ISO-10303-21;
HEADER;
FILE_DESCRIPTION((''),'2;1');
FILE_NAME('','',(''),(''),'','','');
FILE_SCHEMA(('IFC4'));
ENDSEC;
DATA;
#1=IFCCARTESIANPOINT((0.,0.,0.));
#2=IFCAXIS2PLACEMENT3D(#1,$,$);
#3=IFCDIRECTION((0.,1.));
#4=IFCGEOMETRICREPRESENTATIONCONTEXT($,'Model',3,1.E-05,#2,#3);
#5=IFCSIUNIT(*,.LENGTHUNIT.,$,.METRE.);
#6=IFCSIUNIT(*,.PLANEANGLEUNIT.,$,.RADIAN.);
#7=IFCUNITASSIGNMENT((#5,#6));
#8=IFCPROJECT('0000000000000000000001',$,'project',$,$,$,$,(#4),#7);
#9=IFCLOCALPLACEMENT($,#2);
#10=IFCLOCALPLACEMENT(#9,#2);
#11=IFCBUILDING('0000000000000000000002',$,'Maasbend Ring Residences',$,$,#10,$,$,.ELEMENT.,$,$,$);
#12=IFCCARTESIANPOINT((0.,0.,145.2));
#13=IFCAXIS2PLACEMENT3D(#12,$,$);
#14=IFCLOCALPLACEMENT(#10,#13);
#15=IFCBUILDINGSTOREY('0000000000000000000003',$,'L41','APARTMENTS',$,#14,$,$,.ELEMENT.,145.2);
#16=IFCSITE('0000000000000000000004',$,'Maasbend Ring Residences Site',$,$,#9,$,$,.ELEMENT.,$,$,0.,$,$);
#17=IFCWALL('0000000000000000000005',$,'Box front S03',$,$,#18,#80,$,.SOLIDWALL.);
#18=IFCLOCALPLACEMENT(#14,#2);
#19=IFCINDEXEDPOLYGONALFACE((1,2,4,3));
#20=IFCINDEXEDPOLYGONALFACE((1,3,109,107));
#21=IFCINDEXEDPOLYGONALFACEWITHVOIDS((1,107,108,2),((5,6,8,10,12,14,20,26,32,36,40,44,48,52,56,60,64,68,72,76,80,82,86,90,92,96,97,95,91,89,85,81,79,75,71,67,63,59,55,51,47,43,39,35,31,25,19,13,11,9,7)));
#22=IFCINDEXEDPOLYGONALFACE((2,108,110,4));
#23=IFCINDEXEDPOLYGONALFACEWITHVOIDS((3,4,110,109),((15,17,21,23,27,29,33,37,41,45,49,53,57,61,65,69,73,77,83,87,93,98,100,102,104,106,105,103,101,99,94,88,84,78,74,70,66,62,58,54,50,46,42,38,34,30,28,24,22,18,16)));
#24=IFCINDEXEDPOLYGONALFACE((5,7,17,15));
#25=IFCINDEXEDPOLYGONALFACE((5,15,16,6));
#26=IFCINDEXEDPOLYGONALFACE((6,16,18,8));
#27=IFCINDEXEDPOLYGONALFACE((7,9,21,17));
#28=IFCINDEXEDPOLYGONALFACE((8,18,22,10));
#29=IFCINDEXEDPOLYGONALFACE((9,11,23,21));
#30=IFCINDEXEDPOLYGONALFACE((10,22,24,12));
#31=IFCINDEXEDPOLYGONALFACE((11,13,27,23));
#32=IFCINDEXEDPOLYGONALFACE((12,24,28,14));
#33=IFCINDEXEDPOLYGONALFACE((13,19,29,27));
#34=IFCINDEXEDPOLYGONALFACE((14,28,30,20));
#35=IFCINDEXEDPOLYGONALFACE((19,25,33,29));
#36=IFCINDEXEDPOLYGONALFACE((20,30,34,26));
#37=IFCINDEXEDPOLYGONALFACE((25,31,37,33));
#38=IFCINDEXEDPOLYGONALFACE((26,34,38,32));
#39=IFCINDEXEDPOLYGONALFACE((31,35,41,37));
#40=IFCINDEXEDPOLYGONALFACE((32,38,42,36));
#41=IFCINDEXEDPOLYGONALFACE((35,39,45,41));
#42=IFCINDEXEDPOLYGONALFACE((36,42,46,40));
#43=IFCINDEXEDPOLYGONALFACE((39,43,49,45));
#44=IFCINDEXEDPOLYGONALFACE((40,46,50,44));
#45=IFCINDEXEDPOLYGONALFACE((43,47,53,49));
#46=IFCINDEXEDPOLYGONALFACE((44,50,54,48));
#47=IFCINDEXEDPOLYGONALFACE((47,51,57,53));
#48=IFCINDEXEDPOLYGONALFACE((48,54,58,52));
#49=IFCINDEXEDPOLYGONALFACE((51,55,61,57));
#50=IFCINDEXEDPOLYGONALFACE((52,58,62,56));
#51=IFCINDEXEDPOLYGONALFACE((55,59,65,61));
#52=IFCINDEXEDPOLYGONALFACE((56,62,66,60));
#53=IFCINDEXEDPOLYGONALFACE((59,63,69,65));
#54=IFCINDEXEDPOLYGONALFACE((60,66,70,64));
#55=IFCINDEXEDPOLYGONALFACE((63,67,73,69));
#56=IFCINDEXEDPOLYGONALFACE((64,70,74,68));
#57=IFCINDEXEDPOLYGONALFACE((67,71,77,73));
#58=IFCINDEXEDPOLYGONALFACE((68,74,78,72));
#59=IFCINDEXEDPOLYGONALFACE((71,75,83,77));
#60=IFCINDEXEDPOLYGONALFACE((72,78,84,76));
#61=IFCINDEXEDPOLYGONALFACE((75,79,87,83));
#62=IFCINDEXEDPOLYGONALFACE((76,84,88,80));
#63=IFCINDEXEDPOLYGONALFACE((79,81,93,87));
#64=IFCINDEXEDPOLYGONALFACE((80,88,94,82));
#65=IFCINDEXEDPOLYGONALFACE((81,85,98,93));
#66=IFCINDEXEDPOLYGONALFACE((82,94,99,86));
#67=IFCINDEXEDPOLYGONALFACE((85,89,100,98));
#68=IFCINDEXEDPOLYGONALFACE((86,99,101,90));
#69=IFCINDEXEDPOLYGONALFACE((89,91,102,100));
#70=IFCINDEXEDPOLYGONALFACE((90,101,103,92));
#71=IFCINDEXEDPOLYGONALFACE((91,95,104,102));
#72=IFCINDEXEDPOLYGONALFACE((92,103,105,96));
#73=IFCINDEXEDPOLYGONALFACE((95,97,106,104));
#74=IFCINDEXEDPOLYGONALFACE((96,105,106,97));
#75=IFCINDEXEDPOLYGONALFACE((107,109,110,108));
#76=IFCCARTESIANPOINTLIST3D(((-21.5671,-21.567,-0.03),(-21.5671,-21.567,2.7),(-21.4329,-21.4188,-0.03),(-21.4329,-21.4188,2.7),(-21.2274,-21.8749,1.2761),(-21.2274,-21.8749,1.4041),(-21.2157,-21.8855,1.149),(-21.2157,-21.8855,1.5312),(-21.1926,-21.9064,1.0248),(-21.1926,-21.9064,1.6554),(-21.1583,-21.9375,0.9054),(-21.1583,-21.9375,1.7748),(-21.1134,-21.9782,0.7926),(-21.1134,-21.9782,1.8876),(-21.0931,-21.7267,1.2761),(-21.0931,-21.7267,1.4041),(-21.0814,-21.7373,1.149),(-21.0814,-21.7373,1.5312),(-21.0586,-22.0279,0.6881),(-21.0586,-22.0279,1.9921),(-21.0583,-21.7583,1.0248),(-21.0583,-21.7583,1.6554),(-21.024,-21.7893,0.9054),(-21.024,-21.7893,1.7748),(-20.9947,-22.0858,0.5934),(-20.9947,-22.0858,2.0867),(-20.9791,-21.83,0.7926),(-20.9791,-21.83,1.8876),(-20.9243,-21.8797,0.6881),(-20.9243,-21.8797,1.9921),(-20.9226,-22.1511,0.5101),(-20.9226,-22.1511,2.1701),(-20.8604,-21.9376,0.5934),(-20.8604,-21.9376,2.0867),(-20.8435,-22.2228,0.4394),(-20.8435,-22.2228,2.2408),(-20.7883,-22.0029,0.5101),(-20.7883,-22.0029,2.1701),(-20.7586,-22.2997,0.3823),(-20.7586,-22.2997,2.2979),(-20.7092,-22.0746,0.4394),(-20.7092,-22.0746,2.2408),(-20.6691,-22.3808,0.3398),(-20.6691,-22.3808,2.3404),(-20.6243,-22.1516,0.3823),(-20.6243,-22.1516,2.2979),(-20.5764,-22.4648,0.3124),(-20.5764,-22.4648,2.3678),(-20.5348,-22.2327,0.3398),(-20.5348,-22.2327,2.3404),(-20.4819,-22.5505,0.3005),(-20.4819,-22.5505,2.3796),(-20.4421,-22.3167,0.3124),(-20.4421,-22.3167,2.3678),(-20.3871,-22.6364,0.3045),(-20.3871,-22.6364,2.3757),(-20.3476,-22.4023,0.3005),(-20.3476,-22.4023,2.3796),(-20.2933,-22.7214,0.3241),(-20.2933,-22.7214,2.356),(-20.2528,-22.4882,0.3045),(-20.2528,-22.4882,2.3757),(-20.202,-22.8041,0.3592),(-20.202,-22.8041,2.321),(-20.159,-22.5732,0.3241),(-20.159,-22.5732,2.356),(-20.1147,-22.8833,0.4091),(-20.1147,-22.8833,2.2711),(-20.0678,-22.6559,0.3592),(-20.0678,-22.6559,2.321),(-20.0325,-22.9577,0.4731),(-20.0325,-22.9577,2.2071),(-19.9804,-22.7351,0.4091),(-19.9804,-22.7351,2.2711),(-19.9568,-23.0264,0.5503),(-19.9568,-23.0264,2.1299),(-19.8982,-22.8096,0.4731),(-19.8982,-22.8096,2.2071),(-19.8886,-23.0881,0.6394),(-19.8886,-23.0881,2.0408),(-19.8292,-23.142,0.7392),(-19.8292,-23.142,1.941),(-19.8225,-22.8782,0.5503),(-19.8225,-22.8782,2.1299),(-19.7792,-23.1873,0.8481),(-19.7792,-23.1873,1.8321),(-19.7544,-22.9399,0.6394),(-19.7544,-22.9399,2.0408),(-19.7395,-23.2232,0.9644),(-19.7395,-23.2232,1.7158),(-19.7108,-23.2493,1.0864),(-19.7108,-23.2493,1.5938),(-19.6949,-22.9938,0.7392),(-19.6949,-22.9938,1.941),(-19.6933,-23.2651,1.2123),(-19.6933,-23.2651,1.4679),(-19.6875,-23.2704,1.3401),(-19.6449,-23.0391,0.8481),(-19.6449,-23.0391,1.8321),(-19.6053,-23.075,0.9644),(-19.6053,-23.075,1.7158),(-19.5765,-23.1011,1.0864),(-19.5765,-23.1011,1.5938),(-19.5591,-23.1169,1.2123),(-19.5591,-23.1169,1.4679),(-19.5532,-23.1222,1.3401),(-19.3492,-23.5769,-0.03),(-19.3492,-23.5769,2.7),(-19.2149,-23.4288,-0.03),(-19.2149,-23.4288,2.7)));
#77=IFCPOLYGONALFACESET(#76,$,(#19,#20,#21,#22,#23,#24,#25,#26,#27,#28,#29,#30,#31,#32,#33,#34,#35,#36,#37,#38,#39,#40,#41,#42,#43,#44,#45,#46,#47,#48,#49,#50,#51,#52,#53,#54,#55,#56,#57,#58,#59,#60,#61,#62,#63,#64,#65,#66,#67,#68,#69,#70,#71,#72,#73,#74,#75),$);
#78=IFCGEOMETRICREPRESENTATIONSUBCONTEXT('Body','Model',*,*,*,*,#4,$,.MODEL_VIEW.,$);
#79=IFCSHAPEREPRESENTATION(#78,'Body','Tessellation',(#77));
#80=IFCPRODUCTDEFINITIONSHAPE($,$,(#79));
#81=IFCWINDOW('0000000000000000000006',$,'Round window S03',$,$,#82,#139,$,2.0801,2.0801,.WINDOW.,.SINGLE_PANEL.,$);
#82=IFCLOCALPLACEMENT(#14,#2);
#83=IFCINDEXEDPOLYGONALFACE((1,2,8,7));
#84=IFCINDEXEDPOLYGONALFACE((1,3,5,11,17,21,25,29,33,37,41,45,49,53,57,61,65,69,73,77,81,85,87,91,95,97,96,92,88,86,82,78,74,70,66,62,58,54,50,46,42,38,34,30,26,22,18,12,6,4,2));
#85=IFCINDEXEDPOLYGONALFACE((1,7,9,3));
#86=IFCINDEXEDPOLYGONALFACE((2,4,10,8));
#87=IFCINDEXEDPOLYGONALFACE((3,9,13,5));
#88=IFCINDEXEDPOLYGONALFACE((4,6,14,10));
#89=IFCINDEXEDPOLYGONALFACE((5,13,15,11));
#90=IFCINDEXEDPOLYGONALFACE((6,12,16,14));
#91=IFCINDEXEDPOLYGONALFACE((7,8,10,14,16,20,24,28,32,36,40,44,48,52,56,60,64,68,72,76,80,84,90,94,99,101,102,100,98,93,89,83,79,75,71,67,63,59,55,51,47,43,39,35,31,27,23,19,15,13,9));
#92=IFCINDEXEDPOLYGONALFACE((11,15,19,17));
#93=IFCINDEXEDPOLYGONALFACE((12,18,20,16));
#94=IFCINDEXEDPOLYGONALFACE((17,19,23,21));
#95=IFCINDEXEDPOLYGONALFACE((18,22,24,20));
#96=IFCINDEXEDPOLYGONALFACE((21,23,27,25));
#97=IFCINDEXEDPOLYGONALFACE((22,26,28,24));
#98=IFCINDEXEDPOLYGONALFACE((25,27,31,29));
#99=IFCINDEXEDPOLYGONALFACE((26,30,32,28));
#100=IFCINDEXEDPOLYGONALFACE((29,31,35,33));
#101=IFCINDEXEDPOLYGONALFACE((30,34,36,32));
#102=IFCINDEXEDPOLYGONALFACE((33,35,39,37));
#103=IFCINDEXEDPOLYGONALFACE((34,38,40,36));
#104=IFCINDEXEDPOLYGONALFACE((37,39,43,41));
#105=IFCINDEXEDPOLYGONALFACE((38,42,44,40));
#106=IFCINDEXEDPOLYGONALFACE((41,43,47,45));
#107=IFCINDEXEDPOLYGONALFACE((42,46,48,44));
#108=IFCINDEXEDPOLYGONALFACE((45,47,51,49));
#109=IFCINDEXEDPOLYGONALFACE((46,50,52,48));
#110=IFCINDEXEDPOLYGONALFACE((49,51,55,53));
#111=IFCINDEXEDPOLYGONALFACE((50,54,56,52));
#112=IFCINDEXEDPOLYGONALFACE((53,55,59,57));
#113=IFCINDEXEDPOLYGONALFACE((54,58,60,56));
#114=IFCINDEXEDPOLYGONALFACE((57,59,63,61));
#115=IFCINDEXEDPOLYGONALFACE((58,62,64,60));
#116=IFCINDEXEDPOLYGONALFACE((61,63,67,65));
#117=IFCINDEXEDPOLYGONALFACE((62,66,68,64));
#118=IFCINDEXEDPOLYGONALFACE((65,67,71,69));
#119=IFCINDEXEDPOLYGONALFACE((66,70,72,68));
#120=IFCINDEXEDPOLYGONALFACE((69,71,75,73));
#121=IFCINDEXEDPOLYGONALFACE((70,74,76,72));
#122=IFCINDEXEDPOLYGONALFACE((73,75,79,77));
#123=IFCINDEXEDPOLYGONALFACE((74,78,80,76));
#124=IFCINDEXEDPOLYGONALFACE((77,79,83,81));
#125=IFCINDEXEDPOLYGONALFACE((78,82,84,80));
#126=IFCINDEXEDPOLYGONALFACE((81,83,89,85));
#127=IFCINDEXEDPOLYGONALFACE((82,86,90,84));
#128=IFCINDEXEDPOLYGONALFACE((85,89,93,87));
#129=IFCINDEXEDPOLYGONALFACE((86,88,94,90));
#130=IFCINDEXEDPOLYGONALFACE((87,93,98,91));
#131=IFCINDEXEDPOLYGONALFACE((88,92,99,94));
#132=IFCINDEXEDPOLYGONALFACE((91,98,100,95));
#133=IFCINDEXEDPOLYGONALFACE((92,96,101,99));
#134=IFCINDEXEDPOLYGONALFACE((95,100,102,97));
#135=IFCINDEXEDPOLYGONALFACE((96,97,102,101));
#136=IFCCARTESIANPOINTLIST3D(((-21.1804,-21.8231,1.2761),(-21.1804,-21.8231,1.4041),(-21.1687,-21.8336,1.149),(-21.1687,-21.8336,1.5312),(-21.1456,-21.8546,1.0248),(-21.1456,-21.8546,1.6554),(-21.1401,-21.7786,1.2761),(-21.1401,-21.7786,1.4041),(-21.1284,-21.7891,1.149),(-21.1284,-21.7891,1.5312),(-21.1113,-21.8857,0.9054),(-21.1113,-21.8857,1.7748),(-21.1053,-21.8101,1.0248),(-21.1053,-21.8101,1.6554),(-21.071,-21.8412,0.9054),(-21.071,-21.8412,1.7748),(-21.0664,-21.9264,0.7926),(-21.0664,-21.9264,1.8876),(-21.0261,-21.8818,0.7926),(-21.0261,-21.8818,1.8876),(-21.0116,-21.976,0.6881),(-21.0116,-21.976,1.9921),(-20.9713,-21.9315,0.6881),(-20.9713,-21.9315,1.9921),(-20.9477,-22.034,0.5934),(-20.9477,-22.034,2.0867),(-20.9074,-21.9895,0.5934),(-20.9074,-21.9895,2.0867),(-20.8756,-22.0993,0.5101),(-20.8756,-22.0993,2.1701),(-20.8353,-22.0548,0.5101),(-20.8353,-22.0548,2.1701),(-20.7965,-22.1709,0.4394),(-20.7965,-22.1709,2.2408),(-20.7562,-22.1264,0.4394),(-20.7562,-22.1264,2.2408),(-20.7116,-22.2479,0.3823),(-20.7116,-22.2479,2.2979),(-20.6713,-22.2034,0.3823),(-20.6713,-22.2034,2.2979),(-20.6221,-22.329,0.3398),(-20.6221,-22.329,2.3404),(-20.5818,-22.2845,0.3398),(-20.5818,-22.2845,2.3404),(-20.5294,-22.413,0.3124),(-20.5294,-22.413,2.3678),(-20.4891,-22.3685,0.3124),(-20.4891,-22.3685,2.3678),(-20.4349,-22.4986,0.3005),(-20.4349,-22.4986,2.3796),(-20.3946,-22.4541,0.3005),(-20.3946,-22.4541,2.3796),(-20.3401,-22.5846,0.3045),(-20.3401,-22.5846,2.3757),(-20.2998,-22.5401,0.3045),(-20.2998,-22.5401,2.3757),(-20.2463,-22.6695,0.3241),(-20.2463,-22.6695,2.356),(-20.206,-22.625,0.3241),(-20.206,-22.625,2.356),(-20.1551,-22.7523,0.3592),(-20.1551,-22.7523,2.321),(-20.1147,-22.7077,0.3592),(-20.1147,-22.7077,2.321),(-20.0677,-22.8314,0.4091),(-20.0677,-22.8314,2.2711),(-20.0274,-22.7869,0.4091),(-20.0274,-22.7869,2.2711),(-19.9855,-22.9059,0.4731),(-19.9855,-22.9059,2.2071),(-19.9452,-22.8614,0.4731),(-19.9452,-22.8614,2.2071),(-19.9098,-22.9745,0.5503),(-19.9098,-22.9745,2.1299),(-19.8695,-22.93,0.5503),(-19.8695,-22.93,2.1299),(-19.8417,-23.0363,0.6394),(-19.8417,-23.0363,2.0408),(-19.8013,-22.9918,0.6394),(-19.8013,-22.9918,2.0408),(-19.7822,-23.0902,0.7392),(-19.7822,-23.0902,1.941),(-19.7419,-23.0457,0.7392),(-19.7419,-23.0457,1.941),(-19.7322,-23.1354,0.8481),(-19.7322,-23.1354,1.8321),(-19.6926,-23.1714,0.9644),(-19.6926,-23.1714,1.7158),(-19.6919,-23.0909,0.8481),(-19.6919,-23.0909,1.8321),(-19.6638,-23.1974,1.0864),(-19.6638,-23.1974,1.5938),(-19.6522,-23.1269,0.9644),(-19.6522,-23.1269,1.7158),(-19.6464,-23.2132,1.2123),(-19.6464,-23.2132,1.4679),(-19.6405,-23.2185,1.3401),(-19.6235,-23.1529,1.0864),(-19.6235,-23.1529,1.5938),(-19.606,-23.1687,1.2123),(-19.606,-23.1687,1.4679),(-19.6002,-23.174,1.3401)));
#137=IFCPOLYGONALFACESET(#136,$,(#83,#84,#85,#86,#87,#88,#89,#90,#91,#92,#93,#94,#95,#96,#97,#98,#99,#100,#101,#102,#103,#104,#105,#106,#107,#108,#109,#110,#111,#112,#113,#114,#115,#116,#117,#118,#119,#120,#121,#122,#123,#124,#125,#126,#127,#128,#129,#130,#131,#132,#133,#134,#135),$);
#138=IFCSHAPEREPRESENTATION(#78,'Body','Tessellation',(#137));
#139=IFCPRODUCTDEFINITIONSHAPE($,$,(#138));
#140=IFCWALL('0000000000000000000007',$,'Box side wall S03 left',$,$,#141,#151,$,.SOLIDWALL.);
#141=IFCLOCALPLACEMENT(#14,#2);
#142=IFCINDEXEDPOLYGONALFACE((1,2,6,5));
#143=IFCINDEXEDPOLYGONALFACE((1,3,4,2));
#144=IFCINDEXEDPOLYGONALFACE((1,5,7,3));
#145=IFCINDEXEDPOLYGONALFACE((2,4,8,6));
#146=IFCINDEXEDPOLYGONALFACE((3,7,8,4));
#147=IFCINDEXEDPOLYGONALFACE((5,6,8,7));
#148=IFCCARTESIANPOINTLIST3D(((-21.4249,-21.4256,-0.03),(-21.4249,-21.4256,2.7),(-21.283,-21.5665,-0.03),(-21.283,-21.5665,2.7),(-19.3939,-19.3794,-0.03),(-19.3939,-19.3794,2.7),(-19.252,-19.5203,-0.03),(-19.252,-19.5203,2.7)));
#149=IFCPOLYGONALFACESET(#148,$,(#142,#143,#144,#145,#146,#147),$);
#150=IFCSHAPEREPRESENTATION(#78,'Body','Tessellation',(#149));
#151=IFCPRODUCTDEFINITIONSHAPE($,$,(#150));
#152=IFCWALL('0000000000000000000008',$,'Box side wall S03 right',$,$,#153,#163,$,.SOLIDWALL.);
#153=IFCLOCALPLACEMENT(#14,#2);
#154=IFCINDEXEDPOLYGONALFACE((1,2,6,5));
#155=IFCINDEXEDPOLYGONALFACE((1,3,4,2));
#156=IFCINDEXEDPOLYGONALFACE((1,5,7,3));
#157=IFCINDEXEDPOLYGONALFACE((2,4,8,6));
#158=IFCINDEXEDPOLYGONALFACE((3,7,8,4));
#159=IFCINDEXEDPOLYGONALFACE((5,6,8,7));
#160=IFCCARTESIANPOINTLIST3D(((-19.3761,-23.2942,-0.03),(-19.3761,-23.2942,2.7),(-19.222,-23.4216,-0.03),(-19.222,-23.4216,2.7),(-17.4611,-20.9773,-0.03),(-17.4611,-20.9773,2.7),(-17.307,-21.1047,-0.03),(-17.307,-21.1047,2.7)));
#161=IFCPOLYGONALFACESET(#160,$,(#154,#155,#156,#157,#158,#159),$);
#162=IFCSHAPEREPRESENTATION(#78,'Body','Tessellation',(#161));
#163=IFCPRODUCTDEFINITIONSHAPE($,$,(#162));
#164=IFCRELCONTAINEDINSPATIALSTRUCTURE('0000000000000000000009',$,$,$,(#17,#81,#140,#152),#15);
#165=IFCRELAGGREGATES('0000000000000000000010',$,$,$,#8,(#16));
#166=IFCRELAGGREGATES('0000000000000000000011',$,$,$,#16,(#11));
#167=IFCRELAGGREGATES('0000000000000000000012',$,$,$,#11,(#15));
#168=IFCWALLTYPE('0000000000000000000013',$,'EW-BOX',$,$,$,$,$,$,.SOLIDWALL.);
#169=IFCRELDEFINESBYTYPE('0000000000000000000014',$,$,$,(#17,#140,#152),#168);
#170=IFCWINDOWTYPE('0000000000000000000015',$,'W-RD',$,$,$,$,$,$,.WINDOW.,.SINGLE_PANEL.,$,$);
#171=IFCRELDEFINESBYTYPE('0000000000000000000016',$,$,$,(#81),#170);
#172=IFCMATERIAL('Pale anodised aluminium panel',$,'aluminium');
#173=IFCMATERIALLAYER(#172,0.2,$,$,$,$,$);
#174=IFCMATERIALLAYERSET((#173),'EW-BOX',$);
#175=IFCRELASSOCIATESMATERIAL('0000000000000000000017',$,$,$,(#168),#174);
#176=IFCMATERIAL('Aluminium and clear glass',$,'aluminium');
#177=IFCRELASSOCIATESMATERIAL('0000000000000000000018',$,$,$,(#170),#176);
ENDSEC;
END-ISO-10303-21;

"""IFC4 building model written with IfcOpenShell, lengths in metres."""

from ifc_helpers import new_model, si_unit, direction, frame, frame_2d, origin, place, context, subcontext, project, spatial, rectangle, circle, extrude, material, layer, layer_set, type_object, element, fill, save


model = new_model("IFC4")

# Units and contexts
model_context = context("Model", 3, precision=1e-05, world=origin(), true_north=direction((0.0, 1.0)))
body_context = subcontext(model_context, "Body", "Model", "MODEL_VIEW")
ifc_project = project(units=[si_unit("LENGTHUNIT", "METRE"), si_unit("PLANEANGLEUNIT", "RADIAN")], contexts=[model_context])

# Site, building, storey
site_placement = place(None, origin())
site = spatial("IfcSite", under=ifc_project, at=site_placement, Name="Maasbend Ring Residences Site", CompositionType="ELEMENT", RefElevation=0.0)
building_placement = place(site_placement, origin())
building = spatial("IfcBuilding", under=site, at=building_placement, Name="Maasbend Ring Residences", CompositionType="ELEMENT")
storey_placement = place(building_placement, frame((0.0, 0.0, 145.2)))
storey = spatial("IfcBuildingStorey", under=building, at=storey_placement, Name="L41", Description="APARTMENTS", CompositionType="ELEMENT", Elevation=145.2)

# Wall, opening, window
ifc_material_1 = material(Name="Pale anodised aluminium panel", Category="aluminium")
ifc_layer_1 = layer(ifc_material_1, 0.2)
ifc_layer_set_1 = layer_set([ifc_layer_1], Name="EW-BOX")
wall_type_1 = type_object("IfcWallType", Name="EW-BOX", PredefinedType="SOLIDWALL", material=ifc_layer_set_1)
wall_1_placement = place(storey_placement, frame((-21.5, -21.4929, -0.03), z_axis=(0.0, 0.0, 1.0), x_axis=(0.740998, -0.671507, 0.0)))
wall_1 = element("IfcWall", 1, at=wall_1_placement, inside=storey, type_object=wall_type_1, Name="Box front S03", PredefinedType="SOLIDWALL", context=body_context, shape_type="SweptSolid", body=[
    extrude(rectangle(XDim=2.9932, YDim=0.2, at=frame_2d((1.4966, 0.0))), origin(), (0.0, 0.0, 1.0), 2.73),
])
opening_1_placement = place(wall_1_placement, frame((0.4565, 0.0, 0.3301)))
opening_1 = element("IfcOpeningElement", 2, at=opening_1_placement, cuts=wall_1, PredefinedType="OPENING", context=body_context, shape_type="SweptSolid", body=[
    extrude(circle(Radius=1.04, at=frame_2d((1.04, 1.04))), frame((0.0, 0.1099, 0.0), z_axis=(0.0, -1.0, 0.0), x_axis=(1.0, 0.0, 0.0)), (0.0, 0.0, 1.0), 0.22),
])
ifc_material_2 = material(Name="Aluminium and clear glass", Category="aluminium")
window_type_1 = type_object("IfcWindowType", Name="W-RD", PartitioningType="SINGLE_PANEL", PredefinedType="WINDOW", material=ifc_material_2)
window_1_placement = place(opening_1_placement, origin())
window_1 = element("IfcWindow", 3, at=window_1_placement, inside=storey, type_object=window_type_1, Name="Round window S03", OverallHeight=2.0801, OverallWidth=2.0801, PartitioningType="SINGLE_PANEL", PredefinedType="WINDOW", context=body_context, shape_type="SweptSolid", body=[
    extrude(circle(Radius=1.04, at=frame_2d((1.04, 1.04))), frame((0.0, 0.03, 0.0), z_axis=(0.0, -1.0, 0.0), x_axis=(1.0, 0.0, 0.0)), (0.0, 0.0, 1.0), 0.0601),
])
fill(opening_1, window_1)

# Walls
wall_2_placement = place(storey_placement, frame((-19.323, -19.45, -0.03), z_axis=(0.0, 0.0, 1.0), x_axis=(-0.704477, -0.709727, 0.0)))
element("IfcWall", 4, at=wall_2_placement, inside=storey, type_object=wall_type_1, Name="Box side wall S03 left", PredefinedType="SOLIDWALL", context=body_context, shape_type="SweptSolid", body=[
    extrude(rectangle(XDim=2.8831, YDim=0.2, at=frame_2d((1.4414, 0.0))), origin(), (0.0, 0.0, 1.0), 2.73),
])
wall_3_placement = place(storey_placement, frame((-17.384, -21.041, -0.03), z_axis=(0.0, 0.0, 1.0), x_axis=(-0.637096, -0.770785, 0.0)))
element("IfcWall", 5, at=wall_3_placement, inside=storey, type_object=wall_type_1, Name="Box side wall S03 right", PredefinedType="SOLIDWALL", context=body_context, shape_type="SweptSolid", body=[
    extrude(rectangle(XDim=3.0059, YDim=0.2, at=frame_2d((1.5029, 0.0))), origin(), (0.0, 0.0, 1.0), 2.73),
])

save(model, "model.ifc")
